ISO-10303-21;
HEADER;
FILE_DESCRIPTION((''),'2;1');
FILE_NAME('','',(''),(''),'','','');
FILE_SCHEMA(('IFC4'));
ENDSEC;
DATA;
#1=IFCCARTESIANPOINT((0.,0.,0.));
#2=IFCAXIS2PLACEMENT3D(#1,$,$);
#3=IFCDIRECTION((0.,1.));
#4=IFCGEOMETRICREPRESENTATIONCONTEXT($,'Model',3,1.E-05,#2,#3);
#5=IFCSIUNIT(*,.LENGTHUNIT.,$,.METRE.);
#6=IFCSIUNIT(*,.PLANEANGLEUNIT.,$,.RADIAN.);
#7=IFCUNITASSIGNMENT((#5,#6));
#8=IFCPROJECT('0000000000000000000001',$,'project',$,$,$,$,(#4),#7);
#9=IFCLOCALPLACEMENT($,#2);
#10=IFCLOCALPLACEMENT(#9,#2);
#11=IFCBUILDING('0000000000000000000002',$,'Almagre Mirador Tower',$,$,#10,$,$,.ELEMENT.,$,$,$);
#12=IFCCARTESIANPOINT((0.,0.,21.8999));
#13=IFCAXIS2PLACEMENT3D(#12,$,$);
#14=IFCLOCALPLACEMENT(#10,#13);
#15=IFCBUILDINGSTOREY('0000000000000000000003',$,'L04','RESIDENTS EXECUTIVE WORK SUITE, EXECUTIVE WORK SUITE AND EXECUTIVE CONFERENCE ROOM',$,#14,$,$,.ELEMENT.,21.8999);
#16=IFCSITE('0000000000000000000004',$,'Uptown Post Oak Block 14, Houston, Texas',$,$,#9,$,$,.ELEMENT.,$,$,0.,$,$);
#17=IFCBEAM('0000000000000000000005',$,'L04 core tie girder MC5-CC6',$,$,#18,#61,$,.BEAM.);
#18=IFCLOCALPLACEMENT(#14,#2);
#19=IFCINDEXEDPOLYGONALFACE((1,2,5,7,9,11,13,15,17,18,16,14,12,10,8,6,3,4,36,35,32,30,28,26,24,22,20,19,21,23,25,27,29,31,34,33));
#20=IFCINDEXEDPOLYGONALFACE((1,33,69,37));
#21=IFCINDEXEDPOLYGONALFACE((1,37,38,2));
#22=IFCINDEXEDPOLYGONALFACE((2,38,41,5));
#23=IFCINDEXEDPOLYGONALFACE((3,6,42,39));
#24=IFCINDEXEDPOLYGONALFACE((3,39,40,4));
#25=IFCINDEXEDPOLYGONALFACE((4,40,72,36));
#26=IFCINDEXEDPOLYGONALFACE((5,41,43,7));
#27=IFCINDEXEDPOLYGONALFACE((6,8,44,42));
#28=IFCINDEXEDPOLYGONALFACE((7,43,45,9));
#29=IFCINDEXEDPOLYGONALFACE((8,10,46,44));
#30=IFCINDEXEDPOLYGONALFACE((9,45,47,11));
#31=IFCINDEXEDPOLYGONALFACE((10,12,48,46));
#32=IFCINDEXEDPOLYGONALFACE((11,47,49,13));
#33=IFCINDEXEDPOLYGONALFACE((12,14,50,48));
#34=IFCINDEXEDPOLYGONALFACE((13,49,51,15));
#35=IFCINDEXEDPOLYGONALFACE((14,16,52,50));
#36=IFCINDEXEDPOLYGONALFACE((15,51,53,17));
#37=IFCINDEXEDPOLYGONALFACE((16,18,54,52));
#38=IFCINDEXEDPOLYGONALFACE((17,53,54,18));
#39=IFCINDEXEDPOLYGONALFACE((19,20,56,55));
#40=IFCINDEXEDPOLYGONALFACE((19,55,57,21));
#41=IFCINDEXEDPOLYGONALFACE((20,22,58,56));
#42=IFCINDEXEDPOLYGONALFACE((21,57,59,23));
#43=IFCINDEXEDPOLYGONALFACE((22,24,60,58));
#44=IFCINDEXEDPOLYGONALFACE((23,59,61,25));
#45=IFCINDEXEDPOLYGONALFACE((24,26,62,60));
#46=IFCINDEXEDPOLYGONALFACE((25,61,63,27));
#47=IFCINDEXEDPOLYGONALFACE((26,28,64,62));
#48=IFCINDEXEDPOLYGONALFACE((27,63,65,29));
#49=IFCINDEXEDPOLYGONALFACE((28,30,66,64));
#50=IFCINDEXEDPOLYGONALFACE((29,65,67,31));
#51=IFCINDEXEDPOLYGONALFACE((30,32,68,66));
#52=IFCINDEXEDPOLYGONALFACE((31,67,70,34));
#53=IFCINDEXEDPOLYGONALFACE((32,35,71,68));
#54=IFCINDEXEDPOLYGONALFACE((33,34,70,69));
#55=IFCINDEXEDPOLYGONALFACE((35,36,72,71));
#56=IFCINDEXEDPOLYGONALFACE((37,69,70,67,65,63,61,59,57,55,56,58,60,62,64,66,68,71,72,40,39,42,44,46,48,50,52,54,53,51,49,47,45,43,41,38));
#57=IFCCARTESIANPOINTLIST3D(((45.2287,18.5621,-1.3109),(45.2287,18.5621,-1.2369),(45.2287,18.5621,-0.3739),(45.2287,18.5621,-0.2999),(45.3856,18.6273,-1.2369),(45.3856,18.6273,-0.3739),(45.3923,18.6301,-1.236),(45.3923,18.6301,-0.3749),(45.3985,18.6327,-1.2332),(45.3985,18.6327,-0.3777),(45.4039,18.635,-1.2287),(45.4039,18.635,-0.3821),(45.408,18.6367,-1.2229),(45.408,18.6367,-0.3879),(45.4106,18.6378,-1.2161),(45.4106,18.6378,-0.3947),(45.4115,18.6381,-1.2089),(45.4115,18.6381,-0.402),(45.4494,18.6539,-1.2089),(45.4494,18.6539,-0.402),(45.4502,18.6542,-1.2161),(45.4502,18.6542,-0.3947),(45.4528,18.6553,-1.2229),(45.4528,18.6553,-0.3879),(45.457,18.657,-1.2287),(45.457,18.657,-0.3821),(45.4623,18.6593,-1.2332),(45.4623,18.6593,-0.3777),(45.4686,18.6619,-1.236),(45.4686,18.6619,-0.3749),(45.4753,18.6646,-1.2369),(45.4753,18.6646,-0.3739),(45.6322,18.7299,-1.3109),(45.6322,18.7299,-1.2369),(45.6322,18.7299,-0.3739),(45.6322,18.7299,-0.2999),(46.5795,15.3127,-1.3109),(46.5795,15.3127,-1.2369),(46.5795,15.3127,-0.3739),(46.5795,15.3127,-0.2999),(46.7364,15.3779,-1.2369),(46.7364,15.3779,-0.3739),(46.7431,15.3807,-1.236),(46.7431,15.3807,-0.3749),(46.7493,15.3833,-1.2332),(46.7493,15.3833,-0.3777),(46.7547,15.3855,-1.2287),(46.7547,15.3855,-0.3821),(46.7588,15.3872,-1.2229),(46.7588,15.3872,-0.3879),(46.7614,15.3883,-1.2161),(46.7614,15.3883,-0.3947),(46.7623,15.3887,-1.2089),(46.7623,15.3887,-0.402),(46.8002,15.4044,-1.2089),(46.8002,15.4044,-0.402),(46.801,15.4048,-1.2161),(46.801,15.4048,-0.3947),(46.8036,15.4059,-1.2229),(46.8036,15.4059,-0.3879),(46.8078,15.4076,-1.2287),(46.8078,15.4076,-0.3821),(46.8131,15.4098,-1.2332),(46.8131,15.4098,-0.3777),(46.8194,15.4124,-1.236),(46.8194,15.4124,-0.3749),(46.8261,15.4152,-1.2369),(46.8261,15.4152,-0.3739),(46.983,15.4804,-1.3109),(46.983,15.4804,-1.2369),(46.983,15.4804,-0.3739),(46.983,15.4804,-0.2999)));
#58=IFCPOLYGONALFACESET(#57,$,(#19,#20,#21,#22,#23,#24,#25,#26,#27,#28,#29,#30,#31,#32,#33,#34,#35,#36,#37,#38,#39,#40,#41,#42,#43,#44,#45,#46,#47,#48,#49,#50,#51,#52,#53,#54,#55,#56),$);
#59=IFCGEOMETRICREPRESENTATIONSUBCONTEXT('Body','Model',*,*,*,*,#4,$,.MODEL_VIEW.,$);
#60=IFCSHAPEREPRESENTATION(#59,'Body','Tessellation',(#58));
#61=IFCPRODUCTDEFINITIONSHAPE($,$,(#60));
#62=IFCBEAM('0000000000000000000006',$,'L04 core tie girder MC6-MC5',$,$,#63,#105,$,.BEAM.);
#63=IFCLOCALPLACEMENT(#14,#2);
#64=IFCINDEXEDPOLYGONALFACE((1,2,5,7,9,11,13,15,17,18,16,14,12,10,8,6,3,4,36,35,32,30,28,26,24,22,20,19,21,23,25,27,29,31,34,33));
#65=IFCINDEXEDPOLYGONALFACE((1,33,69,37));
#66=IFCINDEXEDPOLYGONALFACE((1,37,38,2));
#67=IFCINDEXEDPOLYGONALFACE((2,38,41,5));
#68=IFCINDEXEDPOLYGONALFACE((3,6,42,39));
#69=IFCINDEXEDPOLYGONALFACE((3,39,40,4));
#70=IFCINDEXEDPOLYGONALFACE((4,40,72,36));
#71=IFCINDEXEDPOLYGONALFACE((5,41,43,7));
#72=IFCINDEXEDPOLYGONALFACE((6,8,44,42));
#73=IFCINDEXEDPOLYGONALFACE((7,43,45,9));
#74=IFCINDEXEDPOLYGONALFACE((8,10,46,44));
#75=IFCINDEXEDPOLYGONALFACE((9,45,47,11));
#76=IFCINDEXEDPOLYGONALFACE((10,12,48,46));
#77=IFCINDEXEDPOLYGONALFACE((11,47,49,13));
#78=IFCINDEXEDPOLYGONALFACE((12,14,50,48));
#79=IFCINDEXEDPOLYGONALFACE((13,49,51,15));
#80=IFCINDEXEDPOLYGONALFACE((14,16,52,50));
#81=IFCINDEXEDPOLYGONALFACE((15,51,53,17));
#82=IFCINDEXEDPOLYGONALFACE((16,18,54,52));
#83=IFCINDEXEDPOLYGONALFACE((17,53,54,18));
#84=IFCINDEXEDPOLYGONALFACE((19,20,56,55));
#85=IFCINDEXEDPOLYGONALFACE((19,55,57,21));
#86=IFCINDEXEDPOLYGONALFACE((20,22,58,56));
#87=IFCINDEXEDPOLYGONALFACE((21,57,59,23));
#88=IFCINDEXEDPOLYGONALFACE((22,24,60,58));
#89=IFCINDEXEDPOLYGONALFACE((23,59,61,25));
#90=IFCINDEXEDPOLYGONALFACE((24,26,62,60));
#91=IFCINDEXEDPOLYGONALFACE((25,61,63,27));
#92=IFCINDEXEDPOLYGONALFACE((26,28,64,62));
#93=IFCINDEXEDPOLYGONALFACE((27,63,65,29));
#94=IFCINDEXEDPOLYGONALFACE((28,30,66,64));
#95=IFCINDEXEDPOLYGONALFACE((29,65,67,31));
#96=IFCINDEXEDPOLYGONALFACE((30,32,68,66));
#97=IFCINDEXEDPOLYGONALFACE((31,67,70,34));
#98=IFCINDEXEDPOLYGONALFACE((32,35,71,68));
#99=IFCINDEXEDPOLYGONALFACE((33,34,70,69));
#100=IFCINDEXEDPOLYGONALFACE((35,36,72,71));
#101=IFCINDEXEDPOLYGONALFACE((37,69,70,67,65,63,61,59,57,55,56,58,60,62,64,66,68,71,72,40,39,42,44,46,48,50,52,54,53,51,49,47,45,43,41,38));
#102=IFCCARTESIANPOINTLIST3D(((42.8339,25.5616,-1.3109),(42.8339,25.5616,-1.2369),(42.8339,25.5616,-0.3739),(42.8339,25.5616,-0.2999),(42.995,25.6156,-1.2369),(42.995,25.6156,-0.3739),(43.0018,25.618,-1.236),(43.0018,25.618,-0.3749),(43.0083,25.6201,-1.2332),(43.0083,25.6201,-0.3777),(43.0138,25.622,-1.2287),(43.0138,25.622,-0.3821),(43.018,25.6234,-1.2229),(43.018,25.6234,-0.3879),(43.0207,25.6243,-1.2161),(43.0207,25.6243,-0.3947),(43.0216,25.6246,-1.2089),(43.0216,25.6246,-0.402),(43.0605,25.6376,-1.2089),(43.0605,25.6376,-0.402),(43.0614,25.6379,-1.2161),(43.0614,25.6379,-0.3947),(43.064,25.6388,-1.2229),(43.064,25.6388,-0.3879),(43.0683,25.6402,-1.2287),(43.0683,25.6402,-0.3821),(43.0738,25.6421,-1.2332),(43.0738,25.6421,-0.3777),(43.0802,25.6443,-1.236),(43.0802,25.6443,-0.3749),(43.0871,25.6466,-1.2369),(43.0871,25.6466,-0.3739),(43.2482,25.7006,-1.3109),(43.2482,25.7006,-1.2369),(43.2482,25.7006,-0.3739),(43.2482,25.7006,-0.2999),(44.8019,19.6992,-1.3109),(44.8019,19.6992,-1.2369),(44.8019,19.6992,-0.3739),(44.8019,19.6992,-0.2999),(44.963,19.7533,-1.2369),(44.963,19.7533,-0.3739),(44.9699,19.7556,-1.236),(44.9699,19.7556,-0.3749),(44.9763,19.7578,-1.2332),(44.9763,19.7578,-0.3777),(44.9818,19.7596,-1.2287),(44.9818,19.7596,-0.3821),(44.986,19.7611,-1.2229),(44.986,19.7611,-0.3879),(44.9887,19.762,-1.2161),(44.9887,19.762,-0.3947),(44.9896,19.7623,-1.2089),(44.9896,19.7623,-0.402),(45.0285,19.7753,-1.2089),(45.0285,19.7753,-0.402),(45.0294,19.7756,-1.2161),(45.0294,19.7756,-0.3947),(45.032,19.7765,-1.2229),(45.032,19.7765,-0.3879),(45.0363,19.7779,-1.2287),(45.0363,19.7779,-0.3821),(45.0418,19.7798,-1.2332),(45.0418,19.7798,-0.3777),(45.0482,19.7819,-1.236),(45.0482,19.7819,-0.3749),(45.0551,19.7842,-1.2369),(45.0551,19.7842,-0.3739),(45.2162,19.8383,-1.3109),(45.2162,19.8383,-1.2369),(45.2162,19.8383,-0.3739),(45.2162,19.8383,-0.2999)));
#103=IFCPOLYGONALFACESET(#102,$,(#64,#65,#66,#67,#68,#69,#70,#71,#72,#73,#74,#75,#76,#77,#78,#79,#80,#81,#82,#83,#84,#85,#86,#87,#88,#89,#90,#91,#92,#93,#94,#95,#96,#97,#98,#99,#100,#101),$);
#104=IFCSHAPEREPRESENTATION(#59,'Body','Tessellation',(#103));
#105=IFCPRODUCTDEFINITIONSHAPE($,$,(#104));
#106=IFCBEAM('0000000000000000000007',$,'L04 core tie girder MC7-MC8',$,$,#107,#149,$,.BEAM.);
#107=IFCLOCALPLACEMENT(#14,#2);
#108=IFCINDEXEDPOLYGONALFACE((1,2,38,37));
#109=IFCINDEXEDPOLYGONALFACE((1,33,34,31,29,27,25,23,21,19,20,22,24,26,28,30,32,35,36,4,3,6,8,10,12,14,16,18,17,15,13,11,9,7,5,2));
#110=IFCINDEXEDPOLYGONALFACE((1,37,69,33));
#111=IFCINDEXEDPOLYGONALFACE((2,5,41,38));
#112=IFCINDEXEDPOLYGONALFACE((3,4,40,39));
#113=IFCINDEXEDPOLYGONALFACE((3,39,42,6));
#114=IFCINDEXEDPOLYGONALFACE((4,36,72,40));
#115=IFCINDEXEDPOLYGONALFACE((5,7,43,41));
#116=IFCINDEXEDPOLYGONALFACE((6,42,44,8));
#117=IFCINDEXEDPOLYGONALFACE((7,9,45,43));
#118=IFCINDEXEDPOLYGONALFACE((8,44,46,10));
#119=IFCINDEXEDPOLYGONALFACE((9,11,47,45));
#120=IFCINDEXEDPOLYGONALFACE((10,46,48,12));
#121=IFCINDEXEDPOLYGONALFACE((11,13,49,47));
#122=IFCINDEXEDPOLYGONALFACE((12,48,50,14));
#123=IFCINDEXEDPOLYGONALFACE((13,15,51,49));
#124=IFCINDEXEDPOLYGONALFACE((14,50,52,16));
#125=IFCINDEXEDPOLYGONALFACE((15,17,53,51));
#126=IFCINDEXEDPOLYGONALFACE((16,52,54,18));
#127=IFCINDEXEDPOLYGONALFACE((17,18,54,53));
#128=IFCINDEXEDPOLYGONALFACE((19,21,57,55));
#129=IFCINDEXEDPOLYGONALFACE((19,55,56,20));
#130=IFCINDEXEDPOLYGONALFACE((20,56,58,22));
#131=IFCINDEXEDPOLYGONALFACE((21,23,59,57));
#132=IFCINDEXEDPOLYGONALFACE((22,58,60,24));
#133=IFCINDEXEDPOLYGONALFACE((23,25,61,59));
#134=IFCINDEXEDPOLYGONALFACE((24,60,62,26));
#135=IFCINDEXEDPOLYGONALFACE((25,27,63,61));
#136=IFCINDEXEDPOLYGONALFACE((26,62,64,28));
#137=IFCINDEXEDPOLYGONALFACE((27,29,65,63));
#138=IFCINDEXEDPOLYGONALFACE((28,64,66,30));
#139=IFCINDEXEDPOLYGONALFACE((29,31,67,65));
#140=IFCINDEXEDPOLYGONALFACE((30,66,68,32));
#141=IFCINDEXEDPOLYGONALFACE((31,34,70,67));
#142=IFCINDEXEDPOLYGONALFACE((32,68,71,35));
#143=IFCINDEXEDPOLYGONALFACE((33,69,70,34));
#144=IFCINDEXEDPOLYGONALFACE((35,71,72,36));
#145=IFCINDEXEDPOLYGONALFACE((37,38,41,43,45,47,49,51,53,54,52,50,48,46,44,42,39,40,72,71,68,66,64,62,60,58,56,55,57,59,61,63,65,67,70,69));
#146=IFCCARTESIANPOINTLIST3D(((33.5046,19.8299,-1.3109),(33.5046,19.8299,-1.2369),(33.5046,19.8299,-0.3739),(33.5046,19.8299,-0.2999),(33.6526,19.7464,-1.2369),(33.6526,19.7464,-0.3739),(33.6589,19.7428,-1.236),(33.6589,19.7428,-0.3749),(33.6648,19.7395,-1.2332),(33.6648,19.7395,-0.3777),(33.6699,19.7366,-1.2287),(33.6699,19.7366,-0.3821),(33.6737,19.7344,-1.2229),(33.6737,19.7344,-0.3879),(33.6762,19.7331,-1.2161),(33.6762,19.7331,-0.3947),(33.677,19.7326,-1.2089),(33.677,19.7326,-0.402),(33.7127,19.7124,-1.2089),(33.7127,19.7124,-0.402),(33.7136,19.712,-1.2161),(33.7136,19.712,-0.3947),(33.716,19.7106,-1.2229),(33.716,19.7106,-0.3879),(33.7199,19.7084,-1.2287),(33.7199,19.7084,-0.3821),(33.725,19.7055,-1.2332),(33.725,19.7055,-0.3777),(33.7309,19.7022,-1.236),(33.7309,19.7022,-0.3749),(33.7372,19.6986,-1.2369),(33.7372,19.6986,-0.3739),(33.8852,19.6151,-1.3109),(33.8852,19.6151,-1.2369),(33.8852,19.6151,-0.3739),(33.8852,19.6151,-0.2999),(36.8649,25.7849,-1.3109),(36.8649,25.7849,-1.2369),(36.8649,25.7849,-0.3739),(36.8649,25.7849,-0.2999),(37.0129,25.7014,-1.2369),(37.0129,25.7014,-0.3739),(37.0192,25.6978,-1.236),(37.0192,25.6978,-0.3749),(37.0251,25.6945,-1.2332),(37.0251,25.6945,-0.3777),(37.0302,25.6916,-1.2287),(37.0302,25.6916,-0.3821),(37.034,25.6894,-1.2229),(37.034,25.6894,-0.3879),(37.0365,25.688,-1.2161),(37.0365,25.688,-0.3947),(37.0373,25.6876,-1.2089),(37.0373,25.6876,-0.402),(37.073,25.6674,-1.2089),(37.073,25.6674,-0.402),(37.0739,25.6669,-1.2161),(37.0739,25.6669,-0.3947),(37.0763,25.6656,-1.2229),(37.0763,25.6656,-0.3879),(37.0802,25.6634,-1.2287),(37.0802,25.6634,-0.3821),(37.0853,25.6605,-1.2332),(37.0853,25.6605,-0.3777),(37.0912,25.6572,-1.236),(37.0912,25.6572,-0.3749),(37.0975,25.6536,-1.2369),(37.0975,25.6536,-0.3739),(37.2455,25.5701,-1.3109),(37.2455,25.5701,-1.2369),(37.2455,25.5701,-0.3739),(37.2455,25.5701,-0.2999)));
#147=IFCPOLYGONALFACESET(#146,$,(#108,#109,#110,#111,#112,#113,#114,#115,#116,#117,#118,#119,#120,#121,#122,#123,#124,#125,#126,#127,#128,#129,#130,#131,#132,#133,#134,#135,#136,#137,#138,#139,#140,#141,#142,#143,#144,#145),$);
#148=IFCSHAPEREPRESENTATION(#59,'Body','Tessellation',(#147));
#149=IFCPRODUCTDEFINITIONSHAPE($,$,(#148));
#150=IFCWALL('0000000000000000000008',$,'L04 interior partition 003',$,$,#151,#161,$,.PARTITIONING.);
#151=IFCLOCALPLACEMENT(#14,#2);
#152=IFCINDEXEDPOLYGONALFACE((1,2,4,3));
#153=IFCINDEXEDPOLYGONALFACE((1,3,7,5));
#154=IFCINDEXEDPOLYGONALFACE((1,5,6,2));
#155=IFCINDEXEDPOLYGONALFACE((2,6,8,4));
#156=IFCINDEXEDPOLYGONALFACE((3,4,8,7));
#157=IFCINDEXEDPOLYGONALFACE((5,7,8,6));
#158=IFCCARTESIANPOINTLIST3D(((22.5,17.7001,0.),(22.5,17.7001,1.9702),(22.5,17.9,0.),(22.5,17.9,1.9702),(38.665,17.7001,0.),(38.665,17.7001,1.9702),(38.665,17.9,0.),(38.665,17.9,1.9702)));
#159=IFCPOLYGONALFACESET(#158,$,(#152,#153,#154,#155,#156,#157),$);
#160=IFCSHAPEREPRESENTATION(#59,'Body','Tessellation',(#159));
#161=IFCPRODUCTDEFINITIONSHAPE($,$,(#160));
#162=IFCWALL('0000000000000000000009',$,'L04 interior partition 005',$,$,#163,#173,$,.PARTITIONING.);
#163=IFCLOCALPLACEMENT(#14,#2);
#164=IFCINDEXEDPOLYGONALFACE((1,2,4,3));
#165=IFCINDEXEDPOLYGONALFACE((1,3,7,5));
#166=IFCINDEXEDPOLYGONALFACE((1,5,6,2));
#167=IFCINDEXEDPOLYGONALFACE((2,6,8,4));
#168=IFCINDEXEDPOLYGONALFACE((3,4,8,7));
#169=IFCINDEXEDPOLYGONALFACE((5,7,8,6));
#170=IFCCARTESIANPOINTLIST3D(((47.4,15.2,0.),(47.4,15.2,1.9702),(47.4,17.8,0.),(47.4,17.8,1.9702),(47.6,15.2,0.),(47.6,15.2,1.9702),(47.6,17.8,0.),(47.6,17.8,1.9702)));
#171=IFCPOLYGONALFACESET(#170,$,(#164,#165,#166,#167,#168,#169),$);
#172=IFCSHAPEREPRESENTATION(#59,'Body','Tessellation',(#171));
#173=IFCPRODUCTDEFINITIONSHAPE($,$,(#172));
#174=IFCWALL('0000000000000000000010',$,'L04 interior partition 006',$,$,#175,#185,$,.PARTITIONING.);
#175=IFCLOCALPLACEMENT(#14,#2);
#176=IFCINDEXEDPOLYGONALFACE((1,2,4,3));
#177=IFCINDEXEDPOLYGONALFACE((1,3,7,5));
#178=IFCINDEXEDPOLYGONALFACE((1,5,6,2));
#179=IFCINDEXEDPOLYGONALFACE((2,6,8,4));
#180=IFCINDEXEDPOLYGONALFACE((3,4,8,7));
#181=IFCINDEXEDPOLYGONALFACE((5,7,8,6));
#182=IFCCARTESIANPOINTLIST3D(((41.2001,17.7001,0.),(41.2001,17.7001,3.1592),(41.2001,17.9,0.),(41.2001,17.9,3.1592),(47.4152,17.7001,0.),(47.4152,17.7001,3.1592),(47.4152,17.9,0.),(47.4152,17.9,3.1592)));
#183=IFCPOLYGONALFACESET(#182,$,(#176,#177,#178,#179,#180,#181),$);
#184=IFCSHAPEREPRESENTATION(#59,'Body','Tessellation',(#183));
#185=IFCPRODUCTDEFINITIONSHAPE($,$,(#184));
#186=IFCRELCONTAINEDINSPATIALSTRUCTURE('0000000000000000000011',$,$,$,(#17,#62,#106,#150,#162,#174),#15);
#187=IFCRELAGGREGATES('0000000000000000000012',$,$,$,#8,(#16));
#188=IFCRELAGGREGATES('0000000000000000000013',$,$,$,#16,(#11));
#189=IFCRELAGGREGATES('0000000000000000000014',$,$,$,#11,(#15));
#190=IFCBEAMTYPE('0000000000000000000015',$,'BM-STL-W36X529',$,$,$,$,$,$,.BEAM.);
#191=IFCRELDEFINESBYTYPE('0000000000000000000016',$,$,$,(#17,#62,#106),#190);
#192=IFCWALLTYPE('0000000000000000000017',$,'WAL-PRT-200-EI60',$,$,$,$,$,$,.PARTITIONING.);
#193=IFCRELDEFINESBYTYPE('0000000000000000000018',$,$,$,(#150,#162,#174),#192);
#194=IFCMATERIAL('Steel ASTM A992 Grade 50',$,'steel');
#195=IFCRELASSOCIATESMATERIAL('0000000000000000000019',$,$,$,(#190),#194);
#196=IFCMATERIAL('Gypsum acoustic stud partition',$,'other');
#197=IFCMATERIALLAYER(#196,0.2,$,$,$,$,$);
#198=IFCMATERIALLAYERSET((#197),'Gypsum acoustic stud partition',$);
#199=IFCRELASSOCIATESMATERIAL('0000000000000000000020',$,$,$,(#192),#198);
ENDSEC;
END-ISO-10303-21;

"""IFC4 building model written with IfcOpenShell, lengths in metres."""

from ifc_helpers import new_model, si_unit, direction, frame, frame_2d, origin, origin_2d, place, context, subcontext, project, spatial, rectangle, i_section, extrude, material, layer, layer_set, material_profile, profile_set, type_object, element, save


model = new_model("IFC4")

# Units and contexts
model_context = context("Model", 3, precision=1e-05, world=origin(), true_north=direction((0.0, 1.0)))
body_context = subcontext(model_context, "Body", "Model", "MODEL_VIEW")
ifc_project = project(units=[si_unit("LENGTHUNIT", "METRE"), si_unit("PLANEANGLEUNIT", "RADIAN")], contexts=[model_context])

# Site, building, storey
site_placement = place(None, origin())
site = spatial("IfcSite", under=ifc_project, at=site_placement, Name="Uptown Post Oak Block 14, Houston, Texas", CompositionType="ELEMENT", RefElevation=0.0)
building_placement = place(site_placement, origin())
building = spatial("IfcBuilding", under=site, at=building_placement, Name="Almagre Mirador Tower", CompositionType="ELEMENT")
storey_placement = place(building_placement, frame((0.0, 0.0, 21.8999)))
storey = spatial("IfcBuildingStorey", under=building, at=storey_placement, Name="L04", Description="RESIDENTS EXECUTIVE WORK SUITE, EXECUTIVE WORK SUITE AND EXECUTIVE CONFERENCE ROOM", CompositionType="ELEMENT", Elevation=21.8999)

# Beams
ifc_material_1 = material(Name="Steel ASTM A992 Grade 50", Category="steel")
ifc_material_profile_1 = material_profile(ifc_material_1, i_section(OverallWidth=0.437, OverallDepth=1.011, WebThickness=0.041, FlangeThickness=0.074, FilletRadius=0.0281, at=origin_2d()), Name="W36X529")
ifc_profile_set_1 = profile_set([ifc_material_profile_1], Name="Steel ASTM A992 Grade 50")
beam_type_1 = type_object("IfcBeamType", Name="BM-STL-W36X529", PredefinedType="BEAM", material=ifc_profile_set_1)
beam_1_placement = place(storey_placement, frame((45.4304, 18.646, -0.8054), z_axis=(0.383857, -0.923393, 0.0), x_axis=(0.923393, 0.383857, 0.0)))
element("IfcBeam", 1, at=beam_1_placement, inside=storey, type_object=beam_type_1, Name="L04 core tie girder MC5-CC6", PredefinedType="BEAM", context=body_context, shape_type="SweptSolid", body=[
    extrude(i_section(OverallWidth=0.437, OverallDepth=1.011, WebThickness=0.041, FlangeThickness=0.074, FilletRadius=0.0281, at=origin_2d()), origin(), (0.0, 0.0, 1.0), 3.519),
])
beam_2_placement = place(storey_placement, frame((43.041, 25.6311, -0.8054), z_axis=(0.318252, -0.948006, 0.0), x_axis=(0.948006, 0.318252, 0.0)))
element("IfcBeam", 2, at=beam_2_placement, inside=storey, type_object=beam_type_1, Name="L04 core tie girder MC6-MC5", PredefinedType="BEAM", context=body_context, shape_type="SweptSolid", body=[
    extrude(i_section(OverallWidth=0.437, OverallDepth=1.011, WebThickness=0.041, FlangeThickness=0.074, FilletRadius=0.0281, at=origin_2d()), origin(), (0.0, 0.0, 1.0), 6.1838),
])
beam_3_placement = place(storey_placement, frame((37.0552, 25.6775, -0.8054), z_axis=(-0.491441, -0.870911, 0.0), x_axis=(0.870911, -0.491441, 0.0)))
element("IfcBeam", 3, at=beam_3_placement, inside=storey, type_object=beam_type_1, Name="L04 core tie girder MC7-MC8", PredefinedType="BEAM", context=body_context, shape_type="SweptSolid", body=[
    extrude(i_section(OverallWidth=0.437, OverallDepth=1.011, WebThickness=0.041, FlangeThickness=0.074, FilletRadius=0.0281, at=origin_2d()), origin(), (0.0, 0.0, 1.0), 6.8376),
])

# Walls
ifc_material_2 = material(Name="Gypsum acoustic stud partition", Category="other")
ifc_layer_1 = layer(ifc_material_2, 0.2)
ifc_layer_set_1 = layer_set([ifc_layer_1], Name="Gypsum acoustic stud partition")
wall_type_1 = type_object("IfcWallType", Name="WAL-PRT-200-EI60", PredefinedType="PARTITIONING", material=ifc_layer_set_1)
wall_1_placement = place(storey_placement, frame((38.665, 17.8, 0.0), z_axis=(0.0, 0.0, 1.0), x_axis=(-1.0, 0.0, 0.0)))
element("IfcWall", 4, at=wall_1_placement, inside=storey, type_object=wall_type_1, Name="L04 interior partition 003", PredefinedType="PARTITIONING", context=body_context, shape_type="SweptSolid", body=[
    extrude(rectangle(XDim=16.165, YDim=0.2, at=frame_2d((8.0825, 0.0))), origin(), (0.0, 0.0, 1.0), 1.9702),
])
wall_2_placement = place(storey_placement, frame((47.5, 15.2, 0.0), z_axis=(0.0, 0.0, 1.0), x_axis=(0.0, 1.0, 0.0)))
element("IfcWall", 5, at=wall_2_placement, inside=storey, type_object=wall_type_1, Name="L04 interior partition 005", PredefinedType="PARTITIONING", context=body_context, shape_type="SweptSolid", body=[
    extrude(rectangle(XDim=2.6001, YDim=0.2, at=frame_2d((1.3, 0.0))), origin(), (0.0, 0.0, 1.0), 1.9702),
])
wall_3_placement = place(storey_placement, frame((47.415, 17.8, 0.0), z_axis=(0.0, 0.0, 1.0), x_axis=(-1.0, 0.0, 0.0)))
element("IfcWall", 6, at=wall_3_placement, inside=storey, type_object=wall_type_1, Name="L04 interior partition 006", PredefinedType="PARTITIONING", context=body_context, shape_type="SweptSolid", body=[
    extrude(rectangle(XDim=6.2151, YDim=0.2, at=frame_2d((3.1074, 0.0))), origin(), (0.0, 0.0, 1.0), 3.1592),
])

save(model, "model.ifc")
